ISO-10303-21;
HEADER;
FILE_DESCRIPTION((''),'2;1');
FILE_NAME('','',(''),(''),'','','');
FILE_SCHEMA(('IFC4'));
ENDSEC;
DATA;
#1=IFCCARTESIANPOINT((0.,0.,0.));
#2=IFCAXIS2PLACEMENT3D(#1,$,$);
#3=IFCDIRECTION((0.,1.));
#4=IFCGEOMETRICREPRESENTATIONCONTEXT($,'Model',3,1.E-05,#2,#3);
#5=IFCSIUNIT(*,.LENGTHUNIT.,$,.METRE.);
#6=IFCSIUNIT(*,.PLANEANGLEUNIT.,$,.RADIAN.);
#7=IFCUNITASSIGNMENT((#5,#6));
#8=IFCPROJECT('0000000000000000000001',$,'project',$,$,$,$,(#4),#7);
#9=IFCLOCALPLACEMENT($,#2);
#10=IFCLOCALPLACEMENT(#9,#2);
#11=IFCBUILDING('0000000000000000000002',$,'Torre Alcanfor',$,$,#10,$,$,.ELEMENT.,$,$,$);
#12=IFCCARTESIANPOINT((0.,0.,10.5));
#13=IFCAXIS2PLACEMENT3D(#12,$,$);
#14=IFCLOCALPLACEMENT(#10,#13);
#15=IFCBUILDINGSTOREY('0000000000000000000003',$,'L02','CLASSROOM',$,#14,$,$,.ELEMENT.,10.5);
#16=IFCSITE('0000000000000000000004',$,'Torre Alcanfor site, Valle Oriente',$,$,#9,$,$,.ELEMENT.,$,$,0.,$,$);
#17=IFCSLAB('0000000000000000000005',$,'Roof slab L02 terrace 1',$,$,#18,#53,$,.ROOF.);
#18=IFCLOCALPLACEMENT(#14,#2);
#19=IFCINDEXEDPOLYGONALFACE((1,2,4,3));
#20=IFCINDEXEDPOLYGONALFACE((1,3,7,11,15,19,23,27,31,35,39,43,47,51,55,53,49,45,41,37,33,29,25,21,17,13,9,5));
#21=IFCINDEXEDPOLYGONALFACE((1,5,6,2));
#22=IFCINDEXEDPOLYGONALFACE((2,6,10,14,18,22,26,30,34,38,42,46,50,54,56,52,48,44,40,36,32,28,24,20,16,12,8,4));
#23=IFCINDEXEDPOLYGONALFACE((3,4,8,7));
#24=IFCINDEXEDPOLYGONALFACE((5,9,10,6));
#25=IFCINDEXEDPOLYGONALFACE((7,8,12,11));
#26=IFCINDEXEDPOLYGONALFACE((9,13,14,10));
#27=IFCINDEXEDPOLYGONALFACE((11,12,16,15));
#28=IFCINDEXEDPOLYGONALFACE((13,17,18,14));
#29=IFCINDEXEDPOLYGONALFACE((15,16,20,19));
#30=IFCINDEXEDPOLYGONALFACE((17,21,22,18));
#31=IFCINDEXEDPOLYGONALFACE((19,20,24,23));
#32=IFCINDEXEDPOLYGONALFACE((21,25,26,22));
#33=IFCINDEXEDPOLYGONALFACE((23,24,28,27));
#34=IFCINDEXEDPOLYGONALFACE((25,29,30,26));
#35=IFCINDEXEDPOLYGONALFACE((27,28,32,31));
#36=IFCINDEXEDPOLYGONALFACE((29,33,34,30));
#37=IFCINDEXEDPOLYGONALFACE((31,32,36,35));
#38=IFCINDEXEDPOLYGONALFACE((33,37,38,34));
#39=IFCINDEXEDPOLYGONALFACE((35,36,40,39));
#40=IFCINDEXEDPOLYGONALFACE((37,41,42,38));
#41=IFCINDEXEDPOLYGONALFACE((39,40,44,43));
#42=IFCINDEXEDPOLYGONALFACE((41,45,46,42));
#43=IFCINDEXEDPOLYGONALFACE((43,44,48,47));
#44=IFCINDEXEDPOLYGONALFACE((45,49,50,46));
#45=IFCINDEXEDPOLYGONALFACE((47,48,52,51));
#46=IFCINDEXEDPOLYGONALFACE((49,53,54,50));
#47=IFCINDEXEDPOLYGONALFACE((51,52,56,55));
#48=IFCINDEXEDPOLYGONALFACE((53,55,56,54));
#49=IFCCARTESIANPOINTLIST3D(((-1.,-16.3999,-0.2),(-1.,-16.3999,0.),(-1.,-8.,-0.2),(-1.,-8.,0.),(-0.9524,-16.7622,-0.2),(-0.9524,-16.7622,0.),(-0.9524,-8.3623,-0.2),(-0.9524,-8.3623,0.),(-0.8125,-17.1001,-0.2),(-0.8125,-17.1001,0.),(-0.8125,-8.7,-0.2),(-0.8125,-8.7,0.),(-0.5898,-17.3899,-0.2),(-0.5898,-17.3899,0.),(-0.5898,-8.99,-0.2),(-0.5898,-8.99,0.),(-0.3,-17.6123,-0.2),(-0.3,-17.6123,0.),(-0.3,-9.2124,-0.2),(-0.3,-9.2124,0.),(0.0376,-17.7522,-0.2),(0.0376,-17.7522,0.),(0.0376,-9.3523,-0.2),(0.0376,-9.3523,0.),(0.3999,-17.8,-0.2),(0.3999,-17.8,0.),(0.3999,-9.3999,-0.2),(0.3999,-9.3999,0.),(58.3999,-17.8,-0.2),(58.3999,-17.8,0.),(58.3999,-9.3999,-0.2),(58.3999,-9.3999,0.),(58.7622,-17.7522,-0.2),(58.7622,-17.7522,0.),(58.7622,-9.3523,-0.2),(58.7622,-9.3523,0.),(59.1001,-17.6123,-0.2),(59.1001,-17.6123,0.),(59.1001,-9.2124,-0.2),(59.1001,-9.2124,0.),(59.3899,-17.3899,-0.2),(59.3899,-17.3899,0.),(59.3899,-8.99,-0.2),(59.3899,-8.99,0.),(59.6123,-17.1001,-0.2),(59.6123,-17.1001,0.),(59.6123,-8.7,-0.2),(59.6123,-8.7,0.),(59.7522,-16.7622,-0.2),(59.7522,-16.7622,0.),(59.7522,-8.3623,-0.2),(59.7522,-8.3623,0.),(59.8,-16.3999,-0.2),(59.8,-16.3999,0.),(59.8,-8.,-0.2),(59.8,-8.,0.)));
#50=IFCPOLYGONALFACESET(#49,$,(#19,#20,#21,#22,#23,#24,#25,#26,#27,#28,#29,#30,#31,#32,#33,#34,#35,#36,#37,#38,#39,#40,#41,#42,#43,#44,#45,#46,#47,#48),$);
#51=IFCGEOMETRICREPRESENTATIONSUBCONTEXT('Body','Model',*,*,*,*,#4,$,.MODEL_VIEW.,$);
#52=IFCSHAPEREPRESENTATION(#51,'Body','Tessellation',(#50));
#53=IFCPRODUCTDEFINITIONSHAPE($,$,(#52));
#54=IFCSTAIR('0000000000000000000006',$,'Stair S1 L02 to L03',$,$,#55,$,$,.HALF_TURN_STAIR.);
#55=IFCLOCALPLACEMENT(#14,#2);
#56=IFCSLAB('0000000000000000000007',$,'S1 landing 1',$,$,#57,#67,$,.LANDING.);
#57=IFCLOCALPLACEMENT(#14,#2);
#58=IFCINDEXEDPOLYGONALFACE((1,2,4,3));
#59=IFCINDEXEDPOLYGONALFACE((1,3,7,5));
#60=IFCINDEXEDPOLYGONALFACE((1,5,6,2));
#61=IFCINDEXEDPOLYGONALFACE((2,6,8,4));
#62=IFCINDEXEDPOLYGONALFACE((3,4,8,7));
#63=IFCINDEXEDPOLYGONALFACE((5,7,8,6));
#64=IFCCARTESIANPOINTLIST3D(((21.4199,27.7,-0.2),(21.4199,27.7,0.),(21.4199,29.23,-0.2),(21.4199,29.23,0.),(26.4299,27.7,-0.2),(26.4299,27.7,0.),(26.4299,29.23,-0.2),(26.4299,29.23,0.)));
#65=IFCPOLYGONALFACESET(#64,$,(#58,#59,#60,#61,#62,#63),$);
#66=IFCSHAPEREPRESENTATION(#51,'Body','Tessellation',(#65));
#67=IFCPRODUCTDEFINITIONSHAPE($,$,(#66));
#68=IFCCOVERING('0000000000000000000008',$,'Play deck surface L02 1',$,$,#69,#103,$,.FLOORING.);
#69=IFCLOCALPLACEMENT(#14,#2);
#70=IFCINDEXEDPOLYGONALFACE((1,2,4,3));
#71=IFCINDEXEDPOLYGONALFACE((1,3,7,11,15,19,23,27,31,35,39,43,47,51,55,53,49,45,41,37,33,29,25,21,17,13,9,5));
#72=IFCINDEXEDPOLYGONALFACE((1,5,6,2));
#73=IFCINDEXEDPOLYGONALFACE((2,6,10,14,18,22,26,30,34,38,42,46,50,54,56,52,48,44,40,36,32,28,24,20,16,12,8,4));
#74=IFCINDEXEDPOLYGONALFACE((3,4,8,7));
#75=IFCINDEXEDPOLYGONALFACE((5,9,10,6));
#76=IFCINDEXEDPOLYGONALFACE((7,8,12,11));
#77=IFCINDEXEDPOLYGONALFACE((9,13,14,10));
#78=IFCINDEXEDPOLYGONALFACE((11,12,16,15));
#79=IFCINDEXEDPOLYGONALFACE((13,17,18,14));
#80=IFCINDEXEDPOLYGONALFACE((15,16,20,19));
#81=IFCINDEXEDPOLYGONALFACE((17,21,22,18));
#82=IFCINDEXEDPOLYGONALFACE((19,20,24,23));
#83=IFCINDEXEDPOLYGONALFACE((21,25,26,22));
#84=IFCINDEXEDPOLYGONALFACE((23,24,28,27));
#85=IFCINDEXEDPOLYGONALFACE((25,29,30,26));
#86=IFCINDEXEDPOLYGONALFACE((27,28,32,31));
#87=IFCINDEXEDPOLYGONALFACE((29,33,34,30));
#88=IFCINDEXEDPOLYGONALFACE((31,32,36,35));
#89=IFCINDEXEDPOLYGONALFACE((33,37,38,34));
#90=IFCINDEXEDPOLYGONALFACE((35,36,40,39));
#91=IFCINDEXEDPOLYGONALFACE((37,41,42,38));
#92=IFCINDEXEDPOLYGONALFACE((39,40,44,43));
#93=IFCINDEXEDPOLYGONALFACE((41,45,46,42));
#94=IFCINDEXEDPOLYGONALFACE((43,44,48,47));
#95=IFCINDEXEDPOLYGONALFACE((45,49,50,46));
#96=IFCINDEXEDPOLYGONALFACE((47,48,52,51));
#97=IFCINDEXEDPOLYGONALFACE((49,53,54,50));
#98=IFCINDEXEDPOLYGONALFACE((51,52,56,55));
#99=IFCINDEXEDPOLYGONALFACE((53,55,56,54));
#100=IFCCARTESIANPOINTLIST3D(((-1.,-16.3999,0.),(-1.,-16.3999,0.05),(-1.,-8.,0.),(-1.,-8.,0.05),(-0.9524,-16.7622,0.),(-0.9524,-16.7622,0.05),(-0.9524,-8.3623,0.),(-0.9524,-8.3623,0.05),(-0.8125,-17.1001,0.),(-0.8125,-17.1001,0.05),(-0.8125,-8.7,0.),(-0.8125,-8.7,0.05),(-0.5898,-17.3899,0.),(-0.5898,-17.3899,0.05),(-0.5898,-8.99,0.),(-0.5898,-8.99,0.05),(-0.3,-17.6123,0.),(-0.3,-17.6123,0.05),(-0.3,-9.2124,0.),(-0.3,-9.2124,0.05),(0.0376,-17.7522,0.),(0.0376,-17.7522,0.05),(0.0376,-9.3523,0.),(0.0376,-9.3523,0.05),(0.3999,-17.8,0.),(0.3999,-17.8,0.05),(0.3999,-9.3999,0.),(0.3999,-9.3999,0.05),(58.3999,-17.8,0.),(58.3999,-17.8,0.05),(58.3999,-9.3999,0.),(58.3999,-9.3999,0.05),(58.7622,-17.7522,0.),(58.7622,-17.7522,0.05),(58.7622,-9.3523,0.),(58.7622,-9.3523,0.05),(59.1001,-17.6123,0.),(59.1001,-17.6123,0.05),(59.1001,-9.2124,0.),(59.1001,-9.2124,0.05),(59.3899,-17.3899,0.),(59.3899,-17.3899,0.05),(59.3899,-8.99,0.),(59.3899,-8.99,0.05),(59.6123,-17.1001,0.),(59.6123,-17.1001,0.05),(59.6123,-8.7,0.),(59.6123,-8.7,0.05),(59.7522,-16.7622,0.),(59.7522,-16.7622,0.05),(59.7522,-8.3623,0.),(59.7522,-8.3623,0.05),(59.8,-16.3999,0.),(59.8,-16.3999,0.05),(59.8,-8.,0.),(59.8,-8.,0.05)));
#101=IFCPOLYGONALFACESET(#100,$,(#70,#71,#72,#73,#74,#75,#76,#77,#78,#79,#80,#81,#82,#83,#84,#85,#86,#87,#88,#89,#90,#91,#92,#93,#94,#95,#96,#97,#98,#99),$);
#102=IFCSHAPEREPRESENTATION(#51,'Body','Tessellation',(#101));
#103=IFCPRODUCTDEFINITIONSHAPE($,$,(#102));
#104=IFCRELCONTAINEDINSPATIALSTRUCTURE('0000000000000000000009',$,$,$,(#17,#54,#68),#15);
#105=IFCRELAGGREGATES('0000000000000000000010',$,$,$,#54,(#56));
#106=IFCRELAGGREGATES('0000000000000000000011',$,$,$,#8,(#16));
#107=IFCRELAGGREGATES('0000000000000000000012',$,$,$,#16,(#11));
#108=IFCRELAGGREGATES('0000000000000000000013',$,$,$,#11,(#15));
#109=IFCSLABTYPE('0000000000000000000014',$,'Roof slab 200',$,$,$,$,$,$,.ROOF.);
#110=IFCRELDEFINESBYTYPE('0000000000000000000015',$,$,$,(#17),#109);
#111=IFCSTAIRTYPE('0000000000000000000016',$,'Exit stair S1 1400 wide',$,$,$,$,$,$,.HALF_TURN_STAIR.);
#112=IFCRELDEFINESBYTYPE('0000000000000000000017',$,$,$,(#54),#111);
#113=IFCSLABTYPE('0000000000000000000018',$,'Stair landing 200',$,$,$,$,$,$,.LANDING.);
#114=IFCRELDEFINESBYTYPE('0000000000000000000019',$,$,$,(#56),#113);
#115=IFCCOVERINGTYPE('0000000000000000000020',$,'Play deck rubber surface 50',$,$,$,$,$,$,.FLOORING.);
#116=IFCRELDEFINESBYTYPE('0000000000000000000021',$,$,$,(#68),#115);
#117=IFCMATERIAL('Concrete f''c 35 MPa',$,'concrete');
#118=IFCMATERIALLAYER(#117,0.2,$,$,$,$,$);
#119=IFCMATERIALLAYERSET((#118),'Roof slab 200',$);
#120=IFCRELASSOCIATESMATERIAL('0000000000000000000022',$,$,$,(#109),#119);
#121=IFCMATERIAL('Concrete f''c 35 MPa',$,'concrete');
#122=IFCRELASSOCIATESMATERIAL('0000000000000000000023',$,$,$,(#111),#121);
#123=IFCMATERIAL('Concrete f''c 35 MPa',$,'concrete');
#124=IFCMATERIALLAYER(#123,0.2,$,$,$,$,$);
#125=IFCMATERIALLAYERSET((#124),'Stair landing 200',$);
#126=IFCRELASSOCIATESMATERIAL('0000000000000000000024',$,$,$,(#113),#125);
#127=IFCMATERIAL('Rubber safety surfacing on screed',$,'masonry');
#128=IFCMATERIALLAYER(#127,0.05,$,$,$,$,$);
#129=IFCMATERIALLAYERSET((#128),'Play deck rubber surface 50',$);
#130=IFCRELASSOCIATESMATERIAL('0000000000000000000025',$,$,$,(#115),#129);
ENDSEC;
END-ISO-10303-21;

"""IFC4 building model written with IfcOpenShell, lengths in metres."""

from ifc_helpers import new_model, si_unit, direction, frame, origin, place, context, subcontext, project, spatial, polyline, outline, extrude, material, layer, layer_set, type_object, element, aggregate, save


model = new_model("IFC4")

# Units and contexts
model_context = context("Model", 3, precision=1e-05, world=origin(), true_north=direction((0.0, 1.0)))
body_context = subcontext(model_context, "Body", "Model", "MODEL_VIEW")
ifc_project = project(units=[si_unit("LENGTHUNIT", "METRE"), si_unit("PLANEANGLEUNIT", "RADIAN")], contexts=[model_context])

# Site, building, storey
site_placement = place(None, origin())
site = spatial("IfcSite", under=ifc_project, at=site_placement, Name="Torre Alcanfor site, Valle Oriente", CompositionType="ELEMENT", RefElevation=0.0)
building_placement = place(site_placement, origin())
building = spatial("IfcBuilding", under=site, at=building_placement, Name="Torre Alcanfor", CompositionType="ELEMENT")
storey_placement = place(building_placement, frame((0.0, 0.0, 10.5)))
storey = spatial("IfcBuildingStorey", under=building, at=storey_placement, Name="L02", Description="CLASSROOM", CompositionType="ELEMENT", Elevation=10.5)

# Slab
ifc_material_1 = material(Name="Concrete f'c 35 MPa", Category="concrete")
ifc_layer_1 = layer(ifc_material_1, 0.2)
ifc_layer_set_1 = layer_set([ifc_layer_1], Name="Roof slab 200")
slab_type_1 = type_object("IfcSlabType", Name="Roof slab 200", PredefinedType="ROOF", material=ifc_layer_set_1)
slab_1_placement = place(storey_placement, frame((0.0, 0.0, -0.2)))
element("IfcSlab", 1, at=slab_1_placement, inside=storey, type_object=slab_type_1, Name="Roof slab L02 terrace 1", PredefinedType="ROOF", context=body_context, shape_type="SweptSolid", body=[
    extrude(outline(polyline([(59.8, -8.0), (59.7522, -8.3623), (59.6123, -8.7), (59.3899, -8.99), (59.1001, -9.2124), (58.7622, -9.3523), (58.3999, -9.3999), (0.3999, -9.3999), (0.0376, -9.3523), (-0.3, -9.2124), (-0.5898, -8.99), (-0.8125, -8.7), (-0.9524, -8.3623), (-1.0, -8.0), (-1.0, -16.3999), (-0.9524, -16.7622), (-0.8125, -17.1001), (-0.5898, -17.3899), (-0.3, -17.6123), (0.0376, -17.7522), (0.3999, -17.8), (58.3999, -17.8), (58.7622, -17.7522), (59.1001, -17.6123), (59.3899, -17.3899), (59.6123, -17.1001), (59.7522, -16.7622), (59.8, -16.3999), (59.8, -8.0)])), origin(), (0.0, 0.0, 1.0), 0.2),
])

# Stair, slab
ifc_material_2 = material(Name="Concrete f'c 35 MPa", Category="concrete")
stair_type = type_object("IfcStairType", Name="Exit stair S1 1400 wide", PredefinedType="HALF_TURN_STAIR", material=ifc_material_2)
stair_placement = place(storey_placement, origin())
stair = element("IfcStair", 2, at=stair_placement, inside=storey, type_object=stair_type, Name="Stair S1 L02 to L03", PredefinedType="HALF_TURN_STAIR")
ifc_material_3 = material(Name="Concrete f'c 35 MPa", Category="concrete")
ifc_layer_2 = layer(ifc_material_3, 0.2)
ifc_layer_set_2 = layer_set([ifc_layer_2], Name="Stair landing 200")
slab_type_2 = type_object("IfcSlabType", Name="Stair landing 200", PredefinedType="LANDING", material=ifc_layer_set_2)
slab_2_placement = place(storey_placement, frame((0.0, 0.0, -0.2)))
slab_2 = element("IfcSlab", 3, at=slab_2_placement, type_object=slab_type_2, Name="S1 landing 1", PredefinedType="LANDING", context=body_context, shape_type="SweptSolid", body=[
    extrude(outline(polyline([(21.4199, 27.7), (26.4299, 27.7), (26.4299, 29.23), (21.4199, 29.23), (21.4199, 27.7)])), origin(), (0.0, 0.0, 1.0), 0.2),
])
aggregate(stair, [slab_2])

# Covering
ifc_material_4 = material(Name="Rubber safety surfacing on screed", Category="masonry")
ifc_layer_3 = layer(ifc_material_4, 0.05)
ifc_layer_set_3 = layer_set([ifc_layer_3], Name="Play deck rubber surface 50")
covering_type = type_object("IfcCoveringType", Name="Play deck rubber surface 50", PredefinedType="FLOORING", material=ifc_layer_set_3)
covering_placement = place(storey_placement, origin())
element("IfcCovering", 4, at=covering_placement, inside=storey, type_object=covering_type, Name="Play deck surface L02 1", PredefinedType="FLOORING", context=body_context, shape_type="SweptSolid", body=[
    extrude(outline(polyline([(59.8, -8.0), (59.7522, -8.3623), (59.6123, -8.7), (59.3899, -8.99), (59.1001, -9.2124), (58.7622, -9.3523), (58.3999, -9.3999), (0.3999, -9.3999), (0.0376, -9.3523), (-0.3, -9.2124), (-0.5898, -8.99), (-0.8125, -8.7), (-0.9524, -8.3623), (-1.0, -8.0), (-1.0, -16.3999), (-0.9524, -16.7622), (-0.8125, -17.1001), (-0.5898, -17.3899), (-0.3, -17.6123), (0.0376, -17.7522), (0.3999, -17.8), (58.3999, -17.8), (58.7622, -17.7522), (59.1001, -17.6123), (59.3899, -17.3899), (59.6123, -17.1001), (59.7522, -16.7622), (59.8, -16.3999), (59.8, -8.0)])), origin(), (0.0, 0.0, 1.0), 0.05),
])

save(model, "model.ifc")
